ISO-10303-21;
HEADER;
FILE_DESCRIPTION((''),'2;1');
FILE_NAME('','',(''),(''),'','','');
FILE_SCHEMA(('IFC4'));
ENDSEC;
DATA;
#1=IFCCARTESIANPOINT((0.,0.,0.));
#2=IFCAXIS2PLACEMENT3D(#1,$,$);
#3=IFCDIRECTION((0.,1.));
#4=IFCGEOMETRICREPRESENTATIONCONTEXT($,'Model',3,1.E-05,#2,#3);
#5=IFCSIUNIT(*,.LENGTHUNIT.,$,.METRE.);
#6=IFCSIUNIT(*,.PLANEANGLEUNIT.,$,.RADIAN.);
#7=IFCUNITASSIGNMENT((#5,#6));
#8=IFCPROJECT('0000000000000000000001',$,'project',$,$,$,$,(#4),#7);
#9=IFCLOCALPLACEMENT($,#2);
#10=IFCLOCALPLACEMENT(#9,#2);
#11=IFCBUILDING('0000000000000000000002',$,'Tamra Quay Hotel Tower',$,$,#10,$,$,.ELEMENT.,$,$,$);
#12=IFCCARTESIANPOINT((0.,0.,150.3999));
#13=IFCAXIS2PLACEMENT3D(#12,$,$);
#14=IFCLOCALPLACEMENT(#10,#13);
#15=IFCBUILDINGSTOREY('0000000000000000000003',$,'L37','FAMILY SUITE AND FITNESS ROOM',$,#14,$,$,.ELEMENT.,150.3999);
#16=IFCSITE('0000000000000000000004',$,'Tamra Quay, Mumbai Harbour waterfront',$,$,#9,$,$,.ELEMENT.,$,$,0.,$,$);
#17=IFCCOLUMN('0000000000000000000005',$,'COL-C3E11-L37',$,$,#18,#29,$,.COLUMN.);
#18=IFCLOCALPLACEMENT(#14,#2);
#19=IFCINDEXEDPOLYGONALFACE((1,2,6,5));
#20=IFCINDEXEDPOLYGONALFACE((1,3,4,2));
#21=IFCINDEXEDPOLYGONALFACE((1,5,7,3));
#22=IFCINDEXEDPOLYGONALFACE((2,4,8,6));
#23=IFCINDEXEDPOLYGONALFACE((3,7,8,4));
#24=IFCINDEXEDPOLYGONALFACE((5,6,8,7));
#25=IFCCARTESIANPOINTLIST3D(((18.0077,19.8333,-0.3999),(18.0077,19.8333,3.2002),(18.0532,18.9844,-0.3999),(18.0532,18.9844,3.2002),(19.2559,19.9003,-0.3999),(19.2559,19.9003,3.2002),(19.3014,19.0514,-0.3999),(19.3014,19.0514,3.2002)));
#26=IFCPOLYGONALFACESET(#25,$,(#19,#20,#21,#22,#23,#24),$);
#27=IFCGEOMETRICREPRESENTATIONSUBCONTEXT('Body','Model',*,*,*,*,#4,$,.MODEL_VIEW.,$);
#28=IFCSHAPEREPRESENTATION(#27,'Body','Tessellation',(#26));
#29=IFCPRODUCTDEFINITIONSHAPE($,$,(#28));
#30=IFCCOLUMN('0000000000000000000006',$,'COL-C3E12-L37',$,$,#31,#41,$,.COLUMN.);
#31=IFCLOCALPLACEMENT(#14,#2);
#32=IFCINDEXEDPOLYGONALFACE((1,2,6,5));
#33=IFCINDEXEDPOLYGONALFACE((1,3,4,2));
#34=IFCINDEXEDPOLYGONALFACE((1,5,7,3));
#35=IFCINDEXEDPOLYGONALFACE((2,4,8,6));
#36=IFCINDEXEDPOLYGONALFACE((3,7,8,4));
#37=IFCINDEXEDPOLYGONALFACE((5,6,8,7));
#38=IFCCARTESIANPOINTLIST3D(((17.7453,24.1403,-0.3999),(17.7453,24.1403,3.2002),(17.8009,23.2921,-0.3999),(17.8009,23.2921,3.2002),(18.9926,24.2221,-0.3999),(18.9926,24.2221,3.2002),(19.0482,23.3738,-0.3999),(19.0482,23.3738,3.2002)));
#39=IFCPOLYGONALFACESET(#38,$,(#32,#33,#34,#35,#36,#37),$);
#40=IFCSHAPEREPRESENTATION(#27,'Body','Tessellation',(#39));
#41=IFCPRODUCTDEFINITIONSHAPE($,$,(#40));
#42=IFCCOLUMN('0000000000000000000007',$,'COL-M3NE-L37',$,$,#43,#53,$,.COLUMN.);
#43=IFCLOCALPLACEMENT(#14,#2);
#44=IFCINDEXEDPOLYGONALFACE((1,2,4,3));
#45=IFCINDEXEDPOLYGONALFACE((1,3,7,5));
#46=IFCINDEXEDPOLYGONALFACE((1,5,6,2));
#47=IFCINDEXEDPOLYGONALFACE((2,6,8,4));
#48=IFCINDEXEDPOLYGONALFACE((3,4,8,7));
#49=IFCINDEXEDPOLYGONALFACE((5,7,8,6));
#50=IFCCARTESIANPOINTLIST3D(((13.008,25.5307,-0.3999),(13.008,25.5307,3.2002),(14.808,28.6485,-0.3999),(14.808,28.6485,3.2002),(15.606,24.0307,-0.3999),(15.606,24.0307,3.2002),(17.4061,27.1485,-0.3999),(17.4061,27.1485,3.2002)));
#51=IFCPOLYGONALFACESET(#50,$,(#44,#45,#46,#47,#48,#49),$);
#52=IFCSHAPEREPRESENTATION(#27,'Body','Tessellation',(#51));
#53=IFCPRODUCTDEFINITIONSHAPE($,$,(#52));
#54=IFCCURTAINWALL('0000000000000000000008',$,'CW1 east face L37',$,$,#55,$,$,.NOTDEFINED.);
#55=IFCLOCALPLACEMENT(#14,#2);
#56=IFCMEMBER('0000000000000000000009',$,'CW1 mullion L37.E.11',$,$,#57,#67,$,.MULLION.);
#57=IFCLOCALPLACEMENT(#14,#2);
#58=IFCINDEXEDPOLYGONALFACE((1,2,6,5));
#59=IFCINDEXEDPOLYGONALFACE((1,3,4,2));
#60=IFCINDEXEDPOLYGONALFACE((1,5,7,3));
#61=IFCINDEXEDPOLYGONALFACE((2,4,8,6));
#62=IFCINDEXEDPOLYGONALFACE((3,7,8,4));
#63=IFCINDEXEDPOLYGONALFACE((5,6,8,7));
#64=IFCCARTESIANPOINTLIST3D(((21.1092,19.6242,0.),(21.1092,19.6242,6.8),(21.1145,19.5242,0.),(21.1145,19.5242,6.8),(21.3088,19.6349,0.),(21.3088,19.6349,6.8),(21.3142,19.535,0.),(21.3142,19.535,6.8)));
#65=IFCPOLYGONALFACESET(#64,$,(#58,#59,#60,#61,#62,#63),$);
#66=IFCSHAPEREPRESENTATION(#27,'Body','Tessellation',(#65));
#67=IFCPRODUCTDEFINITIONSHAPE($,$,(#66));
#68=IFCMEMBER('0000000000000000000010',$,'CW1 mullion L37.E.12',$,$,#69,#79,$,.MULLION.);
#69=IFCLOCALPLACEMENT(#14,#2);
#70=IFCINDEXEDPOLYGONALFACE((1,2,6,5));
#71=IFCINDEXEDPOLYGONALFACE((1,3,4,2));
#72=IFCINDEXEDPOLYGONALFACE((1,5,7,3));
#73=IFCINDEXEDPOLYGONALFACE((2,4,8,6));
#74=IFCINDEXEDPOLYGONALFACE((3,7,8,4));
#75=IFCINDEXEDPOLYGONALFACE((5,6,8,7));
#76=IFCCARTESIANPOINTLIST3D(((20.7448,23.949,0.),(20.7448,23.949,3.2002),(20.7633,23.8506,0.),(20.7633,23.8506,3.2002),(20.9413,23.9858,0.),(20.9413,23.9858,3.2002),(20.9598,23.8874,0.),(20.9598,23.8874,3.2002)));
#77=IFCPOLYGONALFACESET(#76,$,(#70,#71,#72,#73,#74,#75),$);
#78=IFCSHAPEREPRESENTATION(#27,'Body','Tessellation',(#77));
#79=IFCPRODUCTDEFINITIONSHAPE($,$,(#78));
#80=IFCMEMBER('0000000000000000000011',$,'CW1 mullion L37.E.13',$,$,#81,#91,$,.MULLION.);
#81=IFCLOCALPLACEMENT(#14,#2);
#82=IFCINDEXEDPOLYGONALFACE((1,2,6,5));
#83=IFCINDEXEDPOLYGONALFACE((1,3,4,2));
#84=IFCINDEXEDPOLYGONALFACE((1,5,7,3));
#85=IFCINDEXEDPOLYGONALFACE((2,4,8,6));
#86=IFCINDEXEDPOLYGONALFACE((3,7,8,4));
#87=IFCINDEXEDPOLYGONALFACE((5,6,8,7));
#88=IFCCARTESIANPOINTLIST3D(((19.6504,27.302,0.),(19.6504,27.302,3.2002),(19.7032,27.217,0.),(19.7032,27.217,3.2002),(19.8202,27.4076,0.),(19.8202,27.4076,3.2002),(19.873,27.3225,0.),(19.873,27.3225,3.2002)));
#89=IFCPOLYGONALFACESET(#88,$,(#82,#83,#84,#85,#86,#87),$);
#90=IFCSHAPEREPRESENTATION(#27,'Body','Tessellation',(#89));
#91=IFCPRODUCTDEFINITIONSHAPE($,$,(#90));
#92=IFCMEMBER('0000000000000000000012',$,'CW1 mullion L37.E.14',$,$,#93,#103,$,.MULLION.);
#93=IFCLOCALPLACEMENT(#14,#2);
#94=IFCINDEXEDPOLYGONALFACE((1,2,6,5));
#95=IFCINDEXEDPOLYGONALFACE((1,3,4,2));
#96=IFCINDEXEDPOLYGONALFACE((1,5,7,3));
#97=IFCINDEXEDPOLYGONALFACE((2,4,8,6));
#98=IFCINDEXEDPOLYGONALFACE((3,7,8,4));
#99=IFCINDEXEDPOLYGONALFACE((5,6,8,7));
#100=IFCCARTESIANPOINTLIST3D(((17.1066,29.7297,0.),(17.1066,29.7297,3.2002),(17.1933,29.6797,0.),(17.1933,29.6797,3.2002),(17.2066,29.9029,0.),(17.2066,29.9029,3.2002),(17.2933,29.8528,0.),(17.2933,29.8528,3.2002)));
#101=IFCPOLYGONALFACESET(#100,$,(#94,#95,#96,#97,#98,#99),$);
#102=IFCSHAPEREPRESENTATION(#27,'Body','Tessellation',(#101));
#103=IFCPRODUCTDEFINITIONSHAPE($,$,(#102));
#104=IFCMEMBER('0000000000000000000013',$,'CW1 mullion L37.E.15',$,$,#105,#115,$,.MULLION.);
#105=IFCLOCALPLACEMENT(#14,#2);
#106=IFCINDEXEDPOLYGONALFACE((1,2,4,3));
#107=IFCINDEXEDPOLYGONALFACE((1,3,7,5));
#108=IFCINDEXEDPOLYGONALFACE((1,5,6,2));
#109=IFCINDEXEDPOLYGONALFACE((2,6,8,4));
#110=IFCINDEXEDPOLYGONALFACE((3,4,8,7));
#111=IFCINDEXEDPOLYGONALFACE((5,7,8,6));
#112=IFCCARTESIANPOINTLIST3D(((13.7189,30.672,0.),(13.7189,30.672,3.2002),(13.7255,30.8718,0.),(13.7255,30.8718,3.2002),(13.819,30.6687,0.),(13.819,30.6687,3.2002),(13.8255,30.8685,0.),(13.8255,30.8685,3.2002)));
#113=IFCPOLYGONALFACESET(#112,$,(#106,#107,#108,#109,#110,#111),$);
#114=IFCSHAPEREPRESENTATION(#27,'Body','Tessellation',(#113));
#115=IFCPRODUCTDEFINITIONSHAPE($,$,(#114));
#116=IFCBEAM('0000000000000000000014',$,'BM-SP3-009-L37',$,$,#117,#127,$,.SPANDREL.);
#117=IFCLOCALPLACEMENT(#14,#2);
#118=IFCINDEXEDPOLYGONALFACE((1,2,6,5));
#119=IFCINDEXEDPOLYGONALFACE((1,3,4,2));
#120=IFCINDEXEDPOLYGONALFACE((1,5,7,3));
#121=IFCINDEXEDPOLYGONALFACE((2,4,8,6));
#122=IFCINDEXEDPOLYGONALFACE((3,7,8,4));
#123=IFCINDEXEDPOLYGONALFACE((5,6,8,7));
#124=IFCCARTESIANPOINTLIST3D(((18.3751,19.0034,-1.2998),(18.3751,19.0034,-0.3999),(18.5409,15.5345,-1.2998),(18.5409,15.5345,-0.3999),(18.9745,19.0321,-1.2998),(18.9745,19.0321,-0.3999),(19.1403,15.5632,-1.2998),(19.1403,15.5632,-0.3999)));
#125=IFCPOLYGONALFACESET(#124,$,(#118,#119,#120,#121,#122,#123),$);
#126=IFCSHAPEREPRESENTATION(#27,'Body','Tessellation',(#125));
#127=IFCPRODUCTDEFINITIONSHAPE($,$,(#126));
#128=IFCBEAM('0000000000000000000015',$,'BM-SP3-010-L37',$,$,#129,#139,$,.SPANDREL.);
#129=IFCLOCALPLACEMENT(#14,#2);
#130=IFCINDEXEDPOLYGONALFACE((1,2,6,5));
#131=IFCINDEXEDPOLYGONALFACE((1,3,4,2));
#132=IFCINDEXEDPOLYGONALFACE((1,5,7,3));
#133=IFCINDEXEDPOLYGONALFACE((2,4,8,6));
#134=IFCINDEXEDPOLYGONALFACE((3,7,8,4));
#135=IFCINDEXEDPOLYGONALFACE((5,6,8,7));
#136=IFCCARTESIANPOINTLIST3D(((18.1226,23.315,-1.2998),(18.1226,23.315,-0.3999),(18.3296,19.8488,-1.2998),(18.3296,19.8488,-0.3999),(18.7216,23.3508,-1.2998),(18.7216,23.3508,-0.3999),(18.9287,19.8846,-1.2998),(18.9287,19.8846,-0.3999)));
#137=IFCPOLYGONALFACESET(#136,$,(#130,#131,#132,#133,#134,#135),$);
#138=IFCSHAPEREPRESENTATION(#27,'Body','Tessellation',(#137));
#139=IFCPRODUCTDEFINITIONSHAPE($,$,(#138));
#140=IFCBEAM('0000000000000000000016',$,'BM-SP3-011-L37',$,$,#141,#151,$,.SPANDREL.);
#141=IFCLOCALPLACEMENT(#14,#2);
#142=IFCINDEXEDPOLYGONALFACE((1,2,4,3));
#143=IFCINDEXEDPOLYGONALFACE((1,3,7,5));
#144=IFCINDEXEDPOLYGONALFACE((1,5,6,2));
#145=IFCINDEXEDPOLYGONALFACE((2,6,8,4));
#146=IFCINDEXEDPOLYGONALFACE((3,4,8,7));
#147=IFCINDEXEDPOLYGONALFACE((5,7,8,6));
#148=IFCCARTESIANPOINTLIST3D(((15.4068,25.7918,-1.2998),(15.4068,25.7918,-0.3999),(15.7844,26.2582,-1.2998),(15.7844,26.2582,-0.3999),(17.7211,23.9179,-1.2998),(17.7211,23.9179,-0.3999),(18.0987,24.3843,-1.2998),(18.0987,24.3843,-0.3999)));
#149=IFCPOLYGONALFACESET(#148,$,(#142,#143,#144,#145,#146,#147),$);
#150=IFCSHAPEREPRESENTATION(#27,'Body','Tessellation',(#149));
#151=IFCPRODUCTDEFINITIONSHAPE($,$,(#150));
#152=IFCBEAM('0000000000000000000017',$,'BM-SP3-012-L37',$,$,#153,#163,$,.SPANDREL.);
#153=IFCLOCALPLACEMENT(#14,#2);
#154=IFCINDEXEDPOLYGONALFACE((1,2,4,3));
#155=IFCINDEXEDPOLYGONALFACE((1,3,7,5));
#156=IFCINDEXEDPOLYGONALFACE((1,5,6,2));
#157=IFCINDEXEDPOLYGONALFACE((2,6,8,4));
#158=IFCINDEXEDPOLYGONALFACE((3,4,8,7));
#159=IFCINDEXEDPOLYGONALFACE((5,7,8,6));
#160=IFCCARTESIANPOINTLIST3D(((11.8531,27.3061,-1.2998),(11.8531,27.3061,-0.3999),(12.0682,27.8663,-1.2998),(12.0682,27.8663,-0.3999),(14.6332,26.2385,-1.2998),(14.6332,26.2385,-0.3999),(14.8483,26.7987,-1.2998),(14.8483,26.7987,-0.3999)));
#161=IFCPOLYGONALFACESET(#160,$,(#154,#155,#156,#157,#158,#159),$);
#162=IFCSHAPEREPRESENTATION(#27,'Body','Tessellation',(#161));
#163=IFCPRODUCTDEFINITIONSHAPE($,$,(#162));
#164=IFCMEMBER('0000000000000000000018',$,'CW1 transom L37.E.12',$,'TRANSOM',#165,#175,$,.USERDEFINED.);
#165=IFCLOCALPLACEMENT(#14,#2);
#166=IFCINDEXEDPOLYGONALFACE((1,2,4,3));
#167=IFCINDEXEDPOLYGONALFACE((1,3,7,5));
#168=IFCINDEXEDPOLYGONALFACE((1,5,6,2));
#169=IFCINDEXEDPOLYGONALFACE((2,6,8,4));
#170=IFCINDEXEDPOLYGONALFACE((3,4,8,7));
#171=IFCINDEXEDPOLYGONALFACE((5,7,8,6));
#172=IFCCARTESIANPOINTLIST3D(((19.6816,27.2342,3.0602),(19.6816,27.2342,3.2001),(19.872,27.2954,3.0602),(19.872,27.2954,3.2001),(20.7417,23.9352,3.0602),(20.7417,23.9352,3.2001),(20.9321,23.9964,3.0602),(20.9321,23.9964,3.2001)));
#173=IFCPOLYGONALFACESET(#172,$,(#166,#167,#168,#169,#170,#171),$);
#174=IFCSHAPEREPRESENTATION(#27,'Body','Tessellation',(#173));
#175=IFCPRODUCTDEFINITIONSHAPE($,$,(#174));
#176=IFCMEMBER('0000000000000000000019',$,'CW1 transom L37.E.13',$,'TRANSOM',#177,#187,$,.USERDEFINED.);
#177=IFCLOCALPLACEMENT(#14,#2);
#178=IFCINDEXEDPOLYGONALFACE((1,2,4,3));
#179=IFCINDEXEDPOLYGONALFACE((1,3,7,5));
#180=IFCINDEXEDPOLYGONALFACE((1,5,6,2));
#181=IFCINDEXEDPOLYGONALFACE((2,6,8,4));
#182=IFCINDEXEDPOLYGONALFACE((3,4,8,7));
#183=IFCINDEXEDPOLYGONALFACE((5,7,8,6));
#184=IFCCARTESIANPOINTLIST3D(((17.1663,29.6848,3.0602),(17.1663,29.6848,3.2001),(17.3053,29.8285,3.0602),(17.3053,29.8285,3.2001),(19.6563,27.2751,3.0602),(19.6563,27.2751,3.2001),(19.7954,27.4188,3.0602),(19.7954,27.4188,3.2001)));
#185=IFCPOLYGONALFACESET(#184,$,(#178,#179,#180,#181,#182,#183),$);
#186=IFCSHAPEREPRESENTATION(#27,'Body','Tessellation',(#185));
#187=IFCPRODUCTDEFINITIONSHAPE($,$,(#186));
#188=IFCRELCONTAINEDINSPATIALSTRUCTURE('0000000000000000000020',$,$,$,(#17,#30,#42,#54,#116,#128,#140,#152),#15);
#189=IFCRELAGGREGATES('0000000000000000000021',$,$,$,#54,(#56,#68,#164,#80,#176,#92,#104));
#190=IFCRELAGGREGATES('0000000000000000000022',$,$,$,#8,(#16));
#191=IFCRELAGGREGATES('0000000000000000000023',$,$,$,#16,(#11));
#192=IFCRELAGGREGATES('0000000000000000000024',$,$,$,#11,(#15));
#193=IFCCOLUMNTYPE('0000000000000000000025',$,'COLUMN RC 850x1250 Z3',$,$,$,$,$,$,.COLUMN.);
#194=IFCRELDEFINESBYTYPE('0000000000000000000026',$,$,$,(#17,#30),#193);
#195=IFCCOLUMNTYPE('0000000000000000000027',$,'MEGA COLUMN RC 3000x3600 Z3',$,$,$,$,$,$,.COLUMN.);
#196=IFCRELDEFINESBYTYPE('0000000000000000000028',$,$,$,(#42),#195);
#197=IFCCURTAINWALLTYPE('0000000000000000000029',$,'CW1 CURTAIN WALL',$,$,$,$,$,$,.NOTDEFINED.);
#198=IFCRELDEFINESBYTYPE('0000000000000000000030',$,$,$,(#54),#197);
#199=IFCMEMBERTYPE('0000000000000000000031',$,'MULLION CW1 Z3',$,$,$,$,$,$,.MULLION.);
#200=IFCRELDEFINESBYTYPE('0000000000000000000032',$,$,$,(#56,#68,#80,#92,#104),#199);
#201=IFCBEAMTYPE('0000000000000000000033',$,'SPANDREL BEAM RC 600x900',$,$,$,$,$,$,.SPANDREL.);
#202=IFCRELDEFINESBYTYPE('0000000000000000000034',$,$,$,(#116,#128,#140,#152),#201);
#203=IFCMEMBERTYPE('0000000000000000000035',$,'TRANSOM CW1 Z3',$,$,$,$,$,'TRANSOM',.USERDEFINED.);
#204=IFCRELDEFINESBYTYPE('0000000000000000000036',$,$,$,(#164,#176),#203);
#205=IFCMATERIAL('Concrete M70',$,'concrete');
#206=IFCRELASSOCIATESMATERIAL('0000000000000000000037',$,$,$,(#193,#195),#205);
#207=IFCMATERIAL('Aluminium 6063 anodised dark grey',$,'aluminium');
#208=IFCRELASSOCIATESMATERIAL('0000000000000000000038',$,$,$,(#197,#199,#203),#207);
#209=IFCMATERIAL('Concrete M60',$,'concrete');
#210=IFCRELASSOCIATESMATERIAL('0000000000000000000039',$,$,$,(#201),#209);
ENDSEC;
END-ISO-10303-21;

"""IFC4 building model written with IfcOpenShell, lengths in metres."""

from ifc_helpers import new_model, si_unit, direction, frame, origin, origin_2d, place, context, subcontext, project, spatial, rectangle, extrude, material, material_profile, profile_set, type_object, element, aggregate, save


model = new_model("IFC4")

# Units and contexts
model_context = context("Model", 3, precision=1e-05, world=origin(), true_north=direction((0.0, 1.0)))
body_context = subcontext(model_context, "Body", "Model", "MODEL_VIEW")
ifc_project = project(units=[si_unit("LENGTHUNIT", "METRE"), si_unit("PLANEANGLEUNIT", "RADIAN")], contexts=[model_context])

# Site, building, storey
site_placement = place(None, origin())
site = spatial("IfcSite", under=ifc_project, at=site_placement, Name="Tamra Quay, Mumbai Harbour waterfront", CompositionType="ELEMENT", RefElevation=0.0)
building_placement = place(site_placement, origin())
building = spatial("IfcBuilding", under=site, at=building_placement, Name="Tamra Quay Hotel Tower", CompositionType="ELEMENT")
storey_placement = place(building_placement, frame((0.0, 0.0, 150.3999)))
storey = spatial("IfcBuildingStorey", under=building, at=storey_placement, Name="L37", Description="FAMILY SUITE AND FITNESS ROOM", CompositionType="ELEMENT", Elevation=150.3999)

# Columns
ifc_material_1 = material(Name="Concrete M70", Category="concrete")
ifc_material_profile_1 = material_profile(ifc_material_1, rectangle(XDim=1.25, YDim=0.8501, at=origin_2d()), Name="COLUMN RC 850x1250 Z3")
ifc_profile_set_1 = profile_set([ifc_material_profile_1], Name="Concrete M70")
column_type_1 = type_object("IfcColumnType", Name="COLUMN RC 850x1250 Z3", PredefinedType="COLUMN", material=ifc_profile_set_1)
for number, where, z_axis, x_axis, name in (
    (1, (18.6545, 19.4424, -0.3999), (0.0, 0.0, 1.0), (0.998562, 0.053603, 0.0), "COL-C3E11-L37"),
    (2, (18.3967, 23.7571, -0.3999), (0.0, 0.0, 1.0), (0.997858, 0.065419, 0.0), "COL-C3E12-L37"),
):
    element("IfcColumn", number, at=place(storey_placement, frame(where, z_axis=z_axis, x_axis=x_axis)), inside=storey, type_object=column_type_1, Name=name, PredefinedType="COLUMN", context=body_context, shape_type="SweptSolid", body=[
        extrude(rectangle(XDim=1.25, YDim=0.8501, at=origin_2d()), origin(), (0.0, 0.0, 1.0), 3.6001),
    ])
ifc_material_profile_2 = material_profile(ifc_material_1, rectangle(XDim=3.6001, YDim=3.0, at=origin_2d()), Name="MEGA COLUMN RC 3000x3600 Z3")
ifc_profile_set_2 = profile_set([ifc_material_profile_2], Name="Concrete M70")
column_type_2 = type_object("IfcColumnType", Name="MEGA COLUMN RC 3000x3600 Z3", PredefinedType="COLUMN", material=ifc_profile_set_2)
column_placement = place(storey_placement, frame((15.207, 26.3396, -0.3999), z_axis=(0.0, 0.0, 1.0), x_axis=(0.5, 0.866025, 0.0)))
element("IfcColumn", 3, at=column_placement, inside=storey, type_object=column_type_2, Name="COL-M3NE-L37", PredefinedType="COLUMN", context=body_context, shape_type="SweptSolid", body=[
    extrude(rectangle(XDim=3.6001, YDim=3.0, at=origin_2d()), origin(), (0.0, 0.0, 1.0), 3.6001),
])

# Curtain wall, members
ifc_material_2 = material(Name="Aluminium 6063 anodised dark grey", Category="aluminium")
curtain_wall_type = type_object("IfcCurtainWallType", Name="CW1 CURTAIN WALL", PredefinedType="NOTDEFINED", material=ifc_material_2)
curtain_wall_placement = place(storey_placement, origin())
curtain_wall = element("IfcCurtainWall", 4, at=curtain_wall_placement, inside=storey, type_object=curtain_wall_type, Name="CW1 east face L37", PredefinedType="NOTDEFINED")
ifc_material_profile_3 = material_profile(ifc_material_2, rectangle(XDim=0.2, YDim=0.1001, at=origin_2d()), Name="MULLION 100X200")
ifc_profile_set_3 = profile_set([ifc_material_profile_3], Name="Aluminium 6063 anodised dark grey")
member_type_1 = type_object("IfcMemberType", Name="MULLION CW1 Z3", PredefinedType="MULLION", material=ifc_profile_set_3)
member_1_placement = place(storey_placement, frame((21.2117, 19.5796, 0.0), z_axis=(0.0, 0.0, 1.0), x_axis=(0.998557, 0.053695, 0.0)))
member_1 = element("IfcMember", 5, at=member_1_placement, type_object=member_type_1, Name="CW1 mullion L37.E.11", PredefinedType="MULLION", context=body_context, shape_type="SweptSolid", body=[
    extrude(rectangle(XDim=0.2, YDim=0.1001, at=origin_2d()), origin(), (0.0, 0.0, 1.0), 6.8),
])
member_2_placement = place(storey_placement, frame((20.8523, 23.9182, 0.0), z_axis=(0.0, 0.0, 1.0), x_axis=(0.982883, 0.18423, 0.0)))
member_2 = element("IfcMember", 6, at=member_2_placement, type_object=member_type_1, Name="CW1 mullion L37.E.12", PredefinedType="MULLION", context=body_context, shape_type="SweptSolid", body=[
    extrude(rectangle(XDim=0.2, YDim=0.1001, at=origin_2d()), origin(), (0.0, 0.0, 1.0), 3.2002),
])
member_3_placement = place(storey_placement, frame((19.7617, 27.3123, 0.0), z_axis=(0.0, 0.0, 1.0), x_axis=(0.849198, 0.528075, 0.0)))
member_3 = element("IfcMember", 7, at=member_3_placement, type_object=member_type_1, Name="CW1 mullion L37.E.13", PredefinedType="MULLION", context=body_context, shape_type="SweptSolid", body=[
    extrude(rectangle(XDim=0.2, YDim=0.1001, at=origin_2d()), origin(), (0.0, 0.0, 1.0), 3.2002),
])
member_4_placement = place(storey_placement, frame((17.2, 29.7913, 0.0), z_axis=(0.0, 0.0, 1.0), x_axis=(0.5, 0.866025, 0.0)))
member_4 = element("IfcMember", 8, at=member_4_placement, type_object=member_type_1, Name="CW1 mullion L37.E.14", PredefinedType="MULLION", context=body_context, shape_type="SweptSolid", body=[
    extrude(rectangle(XDim=0.2, YDim=0.1001, at=origin_2d()), origin(), (0.0, 0.0, 1.0), 3.2002),
])
member_5_placement = place(storey_placement, frame((13.7722, 30.7703, 0.0), z_axis=(0.0, 0.0, 1.0), x_axis=(0.032727, 0.999464, 0.0)))
member_5 = element("IfcMember", 9, at=member_5_placement, type_object=member_type_1, Name="CW1 mullion L37.E.15", PredefinedType="MULLION", context=body_context, shape_type="SweptSolid", body=[
    extrude(rectangle(XDim=0.2, YDim=0.1001, at=origin_2d()), origin(), (0.0, 0.0, 1.0), 3.2002),
])

# Beams
ifc_material_3 = material(Name="Concrete M60", Category="concrete")
ifc_material_profile_4 = material_profile(ifc_material_3, rectangle(XDim=0.6001, YDim=0.8999, at=origin_2d()), Name="SPANDREL BEAM RC 600x900")
ifc_profile_set_4 = profile_set([ifc_material_profile_4], Name="Concrete M60")
beam_type = type_object("IfcBeamType", Name="SPANDREL BEAM RC 600x900", PredefinedType="SPANDREL", material=ifc_profile_set_4)
beam_1_placement = place(storey_placement, frame((18.8406, 15.5488, -0.8499), z_axis=(-0.047732, 0.99886, 0.0), x_axis=(-0.99886, -0.047732, 0.0)))
element("IfcBeam", 10, at=beam_1_placement, inside=storey, type_object=beam_type, Name="BM-SP3-009-L37", PredefinedType="SPANDREL", context=body_context, shape_type="SweptSolid", body=[
    extrude(rectangle(XDim=0.6001, YDim=0.8999, at=origin_2d()), origin(), (0.0, 0.0, 1.0), 3.4729),
])
beam_2_placement = place(storey_placement, frame((18.6292, 19.8667, -0.8499), z_axis=(-0.05962, 0.998221, 0.0), x_axis=(-0.998221, -0.05962, 0.0)))
element("IfcBeam", 11, at=beam_2_placement, inside=storey, type_object=beam_type, Name="BM-SP3-010-L37", PredefinedType="SPANDREL", context=body_context, shape_type="SweptSolid", body=[
    extrude(rectangle(XDim=0.6001, YDim=0.8999, at=origin_2d()), origin(), (0.0, 0.0, 1.0), 3.4724),
])
beam_3_placement = place(storey_placement, frame((17.9099, 24.1511, -0.8499), z_axis=(-0.777184, 0.629274, 0.0), x_axis=(-0.629274, -0.777184, 0.0)))
element("IfcBeam", 12, at=beam_3_placement, inside=storey, type_object=beam_type, Name="BM-SP3-011-L37", PredefinedType="SPANDREL", context=body_context, shape_type="SweptSolid", body=[
    extrude(rectangle(XDim=0.6001, YDim=0.8999, at=origin_2d()), origin(), (0.0, 0.0, 1.0), 2.9778),
])
beam_4_placement = place(storey_placement, frame((14.7407, 26.5186, -0.8499), z_axis=(-0.933527, 0.358507, 0.0), x_axis=(-0.358507, -0.933527, 0.0)))
element("IfcBeam", 13, at=beam_4_placement, inside=storey, type_object=beam_type, Name="BM-SP3-012-L37", PredefinedType="SPANDREL", context=body_context, shape_type="SweptSolid", body=[
    extrude(rectangle(XDim=0.6001, YDim=0.8999, at=origin_2d()), origin(), (0.0, 0.0, 1.0), 2.978),
])

# Members
ifc_material_profile_5 = material_profile(ifc_material_2, rectangle(XDim=0.2, YDim=0.1399, at=origin_2d()), Name="TRANSOM 200X140")
ifc_profile_set_5 = profile_set([ifc_material_profile_5], Name="Aluminium 6063 anodised dark grey")
member_type_2 = type_object("IfcMemberType", Name="TRANSOM CW1 Z3", ElementType="TRANSOM", PredefinedType="USERDEFINED", material=ifc_profile_set_5)
member_6_placement = place(storey_placement, frame((20.8369, 23.9658, 3.1301), z_axis=(-0.305936, 0.952052, 0.0), x_axis=(-0.952052, -0.305936, 0.0)))
member_6 = element("IfcMember", 14, at=member_6_placement, type_object=member_type_2, Name="CW1 transom L37.E.12", ObjectType="TRANSOM", PredefinedType="USERDEFINED", context=body_context, shape_type="SweptSolid", body=[
    extrude(rectangle(XDim=0.2, YDim=0.1399, at=origin_2d()), origin(), (0.0, 0.0, 1.0), 3.4651),
])
member_7_placement = place(storey_placement, frame((19.7258, 27.3469, 3.1301), z_axis=(-0.718602, 0.695421, 0.0), x_axis=(-0.695421, -0.718602, 0.0)))
member_7 = element("IfcMember", 15, at=member_7_placement, type_object=member_type_2, Name="CW1 transom L37.E.13", ObjectType="TRANSOM", PredefinedType="USERDEFINED", context=body_context, shape_type="SweptSolid", body=[
    extrude(rectangle(XDim=0.2, YDim=0.1399, at=origin_2d()), origin(), (0.0, 0.0, 1.0), 3.4651),
])

aggregate(curtain_wall, [member_1, member_2, member_6, member_3, member_7, member_4, member_5])

save(model, "model.ifc")
